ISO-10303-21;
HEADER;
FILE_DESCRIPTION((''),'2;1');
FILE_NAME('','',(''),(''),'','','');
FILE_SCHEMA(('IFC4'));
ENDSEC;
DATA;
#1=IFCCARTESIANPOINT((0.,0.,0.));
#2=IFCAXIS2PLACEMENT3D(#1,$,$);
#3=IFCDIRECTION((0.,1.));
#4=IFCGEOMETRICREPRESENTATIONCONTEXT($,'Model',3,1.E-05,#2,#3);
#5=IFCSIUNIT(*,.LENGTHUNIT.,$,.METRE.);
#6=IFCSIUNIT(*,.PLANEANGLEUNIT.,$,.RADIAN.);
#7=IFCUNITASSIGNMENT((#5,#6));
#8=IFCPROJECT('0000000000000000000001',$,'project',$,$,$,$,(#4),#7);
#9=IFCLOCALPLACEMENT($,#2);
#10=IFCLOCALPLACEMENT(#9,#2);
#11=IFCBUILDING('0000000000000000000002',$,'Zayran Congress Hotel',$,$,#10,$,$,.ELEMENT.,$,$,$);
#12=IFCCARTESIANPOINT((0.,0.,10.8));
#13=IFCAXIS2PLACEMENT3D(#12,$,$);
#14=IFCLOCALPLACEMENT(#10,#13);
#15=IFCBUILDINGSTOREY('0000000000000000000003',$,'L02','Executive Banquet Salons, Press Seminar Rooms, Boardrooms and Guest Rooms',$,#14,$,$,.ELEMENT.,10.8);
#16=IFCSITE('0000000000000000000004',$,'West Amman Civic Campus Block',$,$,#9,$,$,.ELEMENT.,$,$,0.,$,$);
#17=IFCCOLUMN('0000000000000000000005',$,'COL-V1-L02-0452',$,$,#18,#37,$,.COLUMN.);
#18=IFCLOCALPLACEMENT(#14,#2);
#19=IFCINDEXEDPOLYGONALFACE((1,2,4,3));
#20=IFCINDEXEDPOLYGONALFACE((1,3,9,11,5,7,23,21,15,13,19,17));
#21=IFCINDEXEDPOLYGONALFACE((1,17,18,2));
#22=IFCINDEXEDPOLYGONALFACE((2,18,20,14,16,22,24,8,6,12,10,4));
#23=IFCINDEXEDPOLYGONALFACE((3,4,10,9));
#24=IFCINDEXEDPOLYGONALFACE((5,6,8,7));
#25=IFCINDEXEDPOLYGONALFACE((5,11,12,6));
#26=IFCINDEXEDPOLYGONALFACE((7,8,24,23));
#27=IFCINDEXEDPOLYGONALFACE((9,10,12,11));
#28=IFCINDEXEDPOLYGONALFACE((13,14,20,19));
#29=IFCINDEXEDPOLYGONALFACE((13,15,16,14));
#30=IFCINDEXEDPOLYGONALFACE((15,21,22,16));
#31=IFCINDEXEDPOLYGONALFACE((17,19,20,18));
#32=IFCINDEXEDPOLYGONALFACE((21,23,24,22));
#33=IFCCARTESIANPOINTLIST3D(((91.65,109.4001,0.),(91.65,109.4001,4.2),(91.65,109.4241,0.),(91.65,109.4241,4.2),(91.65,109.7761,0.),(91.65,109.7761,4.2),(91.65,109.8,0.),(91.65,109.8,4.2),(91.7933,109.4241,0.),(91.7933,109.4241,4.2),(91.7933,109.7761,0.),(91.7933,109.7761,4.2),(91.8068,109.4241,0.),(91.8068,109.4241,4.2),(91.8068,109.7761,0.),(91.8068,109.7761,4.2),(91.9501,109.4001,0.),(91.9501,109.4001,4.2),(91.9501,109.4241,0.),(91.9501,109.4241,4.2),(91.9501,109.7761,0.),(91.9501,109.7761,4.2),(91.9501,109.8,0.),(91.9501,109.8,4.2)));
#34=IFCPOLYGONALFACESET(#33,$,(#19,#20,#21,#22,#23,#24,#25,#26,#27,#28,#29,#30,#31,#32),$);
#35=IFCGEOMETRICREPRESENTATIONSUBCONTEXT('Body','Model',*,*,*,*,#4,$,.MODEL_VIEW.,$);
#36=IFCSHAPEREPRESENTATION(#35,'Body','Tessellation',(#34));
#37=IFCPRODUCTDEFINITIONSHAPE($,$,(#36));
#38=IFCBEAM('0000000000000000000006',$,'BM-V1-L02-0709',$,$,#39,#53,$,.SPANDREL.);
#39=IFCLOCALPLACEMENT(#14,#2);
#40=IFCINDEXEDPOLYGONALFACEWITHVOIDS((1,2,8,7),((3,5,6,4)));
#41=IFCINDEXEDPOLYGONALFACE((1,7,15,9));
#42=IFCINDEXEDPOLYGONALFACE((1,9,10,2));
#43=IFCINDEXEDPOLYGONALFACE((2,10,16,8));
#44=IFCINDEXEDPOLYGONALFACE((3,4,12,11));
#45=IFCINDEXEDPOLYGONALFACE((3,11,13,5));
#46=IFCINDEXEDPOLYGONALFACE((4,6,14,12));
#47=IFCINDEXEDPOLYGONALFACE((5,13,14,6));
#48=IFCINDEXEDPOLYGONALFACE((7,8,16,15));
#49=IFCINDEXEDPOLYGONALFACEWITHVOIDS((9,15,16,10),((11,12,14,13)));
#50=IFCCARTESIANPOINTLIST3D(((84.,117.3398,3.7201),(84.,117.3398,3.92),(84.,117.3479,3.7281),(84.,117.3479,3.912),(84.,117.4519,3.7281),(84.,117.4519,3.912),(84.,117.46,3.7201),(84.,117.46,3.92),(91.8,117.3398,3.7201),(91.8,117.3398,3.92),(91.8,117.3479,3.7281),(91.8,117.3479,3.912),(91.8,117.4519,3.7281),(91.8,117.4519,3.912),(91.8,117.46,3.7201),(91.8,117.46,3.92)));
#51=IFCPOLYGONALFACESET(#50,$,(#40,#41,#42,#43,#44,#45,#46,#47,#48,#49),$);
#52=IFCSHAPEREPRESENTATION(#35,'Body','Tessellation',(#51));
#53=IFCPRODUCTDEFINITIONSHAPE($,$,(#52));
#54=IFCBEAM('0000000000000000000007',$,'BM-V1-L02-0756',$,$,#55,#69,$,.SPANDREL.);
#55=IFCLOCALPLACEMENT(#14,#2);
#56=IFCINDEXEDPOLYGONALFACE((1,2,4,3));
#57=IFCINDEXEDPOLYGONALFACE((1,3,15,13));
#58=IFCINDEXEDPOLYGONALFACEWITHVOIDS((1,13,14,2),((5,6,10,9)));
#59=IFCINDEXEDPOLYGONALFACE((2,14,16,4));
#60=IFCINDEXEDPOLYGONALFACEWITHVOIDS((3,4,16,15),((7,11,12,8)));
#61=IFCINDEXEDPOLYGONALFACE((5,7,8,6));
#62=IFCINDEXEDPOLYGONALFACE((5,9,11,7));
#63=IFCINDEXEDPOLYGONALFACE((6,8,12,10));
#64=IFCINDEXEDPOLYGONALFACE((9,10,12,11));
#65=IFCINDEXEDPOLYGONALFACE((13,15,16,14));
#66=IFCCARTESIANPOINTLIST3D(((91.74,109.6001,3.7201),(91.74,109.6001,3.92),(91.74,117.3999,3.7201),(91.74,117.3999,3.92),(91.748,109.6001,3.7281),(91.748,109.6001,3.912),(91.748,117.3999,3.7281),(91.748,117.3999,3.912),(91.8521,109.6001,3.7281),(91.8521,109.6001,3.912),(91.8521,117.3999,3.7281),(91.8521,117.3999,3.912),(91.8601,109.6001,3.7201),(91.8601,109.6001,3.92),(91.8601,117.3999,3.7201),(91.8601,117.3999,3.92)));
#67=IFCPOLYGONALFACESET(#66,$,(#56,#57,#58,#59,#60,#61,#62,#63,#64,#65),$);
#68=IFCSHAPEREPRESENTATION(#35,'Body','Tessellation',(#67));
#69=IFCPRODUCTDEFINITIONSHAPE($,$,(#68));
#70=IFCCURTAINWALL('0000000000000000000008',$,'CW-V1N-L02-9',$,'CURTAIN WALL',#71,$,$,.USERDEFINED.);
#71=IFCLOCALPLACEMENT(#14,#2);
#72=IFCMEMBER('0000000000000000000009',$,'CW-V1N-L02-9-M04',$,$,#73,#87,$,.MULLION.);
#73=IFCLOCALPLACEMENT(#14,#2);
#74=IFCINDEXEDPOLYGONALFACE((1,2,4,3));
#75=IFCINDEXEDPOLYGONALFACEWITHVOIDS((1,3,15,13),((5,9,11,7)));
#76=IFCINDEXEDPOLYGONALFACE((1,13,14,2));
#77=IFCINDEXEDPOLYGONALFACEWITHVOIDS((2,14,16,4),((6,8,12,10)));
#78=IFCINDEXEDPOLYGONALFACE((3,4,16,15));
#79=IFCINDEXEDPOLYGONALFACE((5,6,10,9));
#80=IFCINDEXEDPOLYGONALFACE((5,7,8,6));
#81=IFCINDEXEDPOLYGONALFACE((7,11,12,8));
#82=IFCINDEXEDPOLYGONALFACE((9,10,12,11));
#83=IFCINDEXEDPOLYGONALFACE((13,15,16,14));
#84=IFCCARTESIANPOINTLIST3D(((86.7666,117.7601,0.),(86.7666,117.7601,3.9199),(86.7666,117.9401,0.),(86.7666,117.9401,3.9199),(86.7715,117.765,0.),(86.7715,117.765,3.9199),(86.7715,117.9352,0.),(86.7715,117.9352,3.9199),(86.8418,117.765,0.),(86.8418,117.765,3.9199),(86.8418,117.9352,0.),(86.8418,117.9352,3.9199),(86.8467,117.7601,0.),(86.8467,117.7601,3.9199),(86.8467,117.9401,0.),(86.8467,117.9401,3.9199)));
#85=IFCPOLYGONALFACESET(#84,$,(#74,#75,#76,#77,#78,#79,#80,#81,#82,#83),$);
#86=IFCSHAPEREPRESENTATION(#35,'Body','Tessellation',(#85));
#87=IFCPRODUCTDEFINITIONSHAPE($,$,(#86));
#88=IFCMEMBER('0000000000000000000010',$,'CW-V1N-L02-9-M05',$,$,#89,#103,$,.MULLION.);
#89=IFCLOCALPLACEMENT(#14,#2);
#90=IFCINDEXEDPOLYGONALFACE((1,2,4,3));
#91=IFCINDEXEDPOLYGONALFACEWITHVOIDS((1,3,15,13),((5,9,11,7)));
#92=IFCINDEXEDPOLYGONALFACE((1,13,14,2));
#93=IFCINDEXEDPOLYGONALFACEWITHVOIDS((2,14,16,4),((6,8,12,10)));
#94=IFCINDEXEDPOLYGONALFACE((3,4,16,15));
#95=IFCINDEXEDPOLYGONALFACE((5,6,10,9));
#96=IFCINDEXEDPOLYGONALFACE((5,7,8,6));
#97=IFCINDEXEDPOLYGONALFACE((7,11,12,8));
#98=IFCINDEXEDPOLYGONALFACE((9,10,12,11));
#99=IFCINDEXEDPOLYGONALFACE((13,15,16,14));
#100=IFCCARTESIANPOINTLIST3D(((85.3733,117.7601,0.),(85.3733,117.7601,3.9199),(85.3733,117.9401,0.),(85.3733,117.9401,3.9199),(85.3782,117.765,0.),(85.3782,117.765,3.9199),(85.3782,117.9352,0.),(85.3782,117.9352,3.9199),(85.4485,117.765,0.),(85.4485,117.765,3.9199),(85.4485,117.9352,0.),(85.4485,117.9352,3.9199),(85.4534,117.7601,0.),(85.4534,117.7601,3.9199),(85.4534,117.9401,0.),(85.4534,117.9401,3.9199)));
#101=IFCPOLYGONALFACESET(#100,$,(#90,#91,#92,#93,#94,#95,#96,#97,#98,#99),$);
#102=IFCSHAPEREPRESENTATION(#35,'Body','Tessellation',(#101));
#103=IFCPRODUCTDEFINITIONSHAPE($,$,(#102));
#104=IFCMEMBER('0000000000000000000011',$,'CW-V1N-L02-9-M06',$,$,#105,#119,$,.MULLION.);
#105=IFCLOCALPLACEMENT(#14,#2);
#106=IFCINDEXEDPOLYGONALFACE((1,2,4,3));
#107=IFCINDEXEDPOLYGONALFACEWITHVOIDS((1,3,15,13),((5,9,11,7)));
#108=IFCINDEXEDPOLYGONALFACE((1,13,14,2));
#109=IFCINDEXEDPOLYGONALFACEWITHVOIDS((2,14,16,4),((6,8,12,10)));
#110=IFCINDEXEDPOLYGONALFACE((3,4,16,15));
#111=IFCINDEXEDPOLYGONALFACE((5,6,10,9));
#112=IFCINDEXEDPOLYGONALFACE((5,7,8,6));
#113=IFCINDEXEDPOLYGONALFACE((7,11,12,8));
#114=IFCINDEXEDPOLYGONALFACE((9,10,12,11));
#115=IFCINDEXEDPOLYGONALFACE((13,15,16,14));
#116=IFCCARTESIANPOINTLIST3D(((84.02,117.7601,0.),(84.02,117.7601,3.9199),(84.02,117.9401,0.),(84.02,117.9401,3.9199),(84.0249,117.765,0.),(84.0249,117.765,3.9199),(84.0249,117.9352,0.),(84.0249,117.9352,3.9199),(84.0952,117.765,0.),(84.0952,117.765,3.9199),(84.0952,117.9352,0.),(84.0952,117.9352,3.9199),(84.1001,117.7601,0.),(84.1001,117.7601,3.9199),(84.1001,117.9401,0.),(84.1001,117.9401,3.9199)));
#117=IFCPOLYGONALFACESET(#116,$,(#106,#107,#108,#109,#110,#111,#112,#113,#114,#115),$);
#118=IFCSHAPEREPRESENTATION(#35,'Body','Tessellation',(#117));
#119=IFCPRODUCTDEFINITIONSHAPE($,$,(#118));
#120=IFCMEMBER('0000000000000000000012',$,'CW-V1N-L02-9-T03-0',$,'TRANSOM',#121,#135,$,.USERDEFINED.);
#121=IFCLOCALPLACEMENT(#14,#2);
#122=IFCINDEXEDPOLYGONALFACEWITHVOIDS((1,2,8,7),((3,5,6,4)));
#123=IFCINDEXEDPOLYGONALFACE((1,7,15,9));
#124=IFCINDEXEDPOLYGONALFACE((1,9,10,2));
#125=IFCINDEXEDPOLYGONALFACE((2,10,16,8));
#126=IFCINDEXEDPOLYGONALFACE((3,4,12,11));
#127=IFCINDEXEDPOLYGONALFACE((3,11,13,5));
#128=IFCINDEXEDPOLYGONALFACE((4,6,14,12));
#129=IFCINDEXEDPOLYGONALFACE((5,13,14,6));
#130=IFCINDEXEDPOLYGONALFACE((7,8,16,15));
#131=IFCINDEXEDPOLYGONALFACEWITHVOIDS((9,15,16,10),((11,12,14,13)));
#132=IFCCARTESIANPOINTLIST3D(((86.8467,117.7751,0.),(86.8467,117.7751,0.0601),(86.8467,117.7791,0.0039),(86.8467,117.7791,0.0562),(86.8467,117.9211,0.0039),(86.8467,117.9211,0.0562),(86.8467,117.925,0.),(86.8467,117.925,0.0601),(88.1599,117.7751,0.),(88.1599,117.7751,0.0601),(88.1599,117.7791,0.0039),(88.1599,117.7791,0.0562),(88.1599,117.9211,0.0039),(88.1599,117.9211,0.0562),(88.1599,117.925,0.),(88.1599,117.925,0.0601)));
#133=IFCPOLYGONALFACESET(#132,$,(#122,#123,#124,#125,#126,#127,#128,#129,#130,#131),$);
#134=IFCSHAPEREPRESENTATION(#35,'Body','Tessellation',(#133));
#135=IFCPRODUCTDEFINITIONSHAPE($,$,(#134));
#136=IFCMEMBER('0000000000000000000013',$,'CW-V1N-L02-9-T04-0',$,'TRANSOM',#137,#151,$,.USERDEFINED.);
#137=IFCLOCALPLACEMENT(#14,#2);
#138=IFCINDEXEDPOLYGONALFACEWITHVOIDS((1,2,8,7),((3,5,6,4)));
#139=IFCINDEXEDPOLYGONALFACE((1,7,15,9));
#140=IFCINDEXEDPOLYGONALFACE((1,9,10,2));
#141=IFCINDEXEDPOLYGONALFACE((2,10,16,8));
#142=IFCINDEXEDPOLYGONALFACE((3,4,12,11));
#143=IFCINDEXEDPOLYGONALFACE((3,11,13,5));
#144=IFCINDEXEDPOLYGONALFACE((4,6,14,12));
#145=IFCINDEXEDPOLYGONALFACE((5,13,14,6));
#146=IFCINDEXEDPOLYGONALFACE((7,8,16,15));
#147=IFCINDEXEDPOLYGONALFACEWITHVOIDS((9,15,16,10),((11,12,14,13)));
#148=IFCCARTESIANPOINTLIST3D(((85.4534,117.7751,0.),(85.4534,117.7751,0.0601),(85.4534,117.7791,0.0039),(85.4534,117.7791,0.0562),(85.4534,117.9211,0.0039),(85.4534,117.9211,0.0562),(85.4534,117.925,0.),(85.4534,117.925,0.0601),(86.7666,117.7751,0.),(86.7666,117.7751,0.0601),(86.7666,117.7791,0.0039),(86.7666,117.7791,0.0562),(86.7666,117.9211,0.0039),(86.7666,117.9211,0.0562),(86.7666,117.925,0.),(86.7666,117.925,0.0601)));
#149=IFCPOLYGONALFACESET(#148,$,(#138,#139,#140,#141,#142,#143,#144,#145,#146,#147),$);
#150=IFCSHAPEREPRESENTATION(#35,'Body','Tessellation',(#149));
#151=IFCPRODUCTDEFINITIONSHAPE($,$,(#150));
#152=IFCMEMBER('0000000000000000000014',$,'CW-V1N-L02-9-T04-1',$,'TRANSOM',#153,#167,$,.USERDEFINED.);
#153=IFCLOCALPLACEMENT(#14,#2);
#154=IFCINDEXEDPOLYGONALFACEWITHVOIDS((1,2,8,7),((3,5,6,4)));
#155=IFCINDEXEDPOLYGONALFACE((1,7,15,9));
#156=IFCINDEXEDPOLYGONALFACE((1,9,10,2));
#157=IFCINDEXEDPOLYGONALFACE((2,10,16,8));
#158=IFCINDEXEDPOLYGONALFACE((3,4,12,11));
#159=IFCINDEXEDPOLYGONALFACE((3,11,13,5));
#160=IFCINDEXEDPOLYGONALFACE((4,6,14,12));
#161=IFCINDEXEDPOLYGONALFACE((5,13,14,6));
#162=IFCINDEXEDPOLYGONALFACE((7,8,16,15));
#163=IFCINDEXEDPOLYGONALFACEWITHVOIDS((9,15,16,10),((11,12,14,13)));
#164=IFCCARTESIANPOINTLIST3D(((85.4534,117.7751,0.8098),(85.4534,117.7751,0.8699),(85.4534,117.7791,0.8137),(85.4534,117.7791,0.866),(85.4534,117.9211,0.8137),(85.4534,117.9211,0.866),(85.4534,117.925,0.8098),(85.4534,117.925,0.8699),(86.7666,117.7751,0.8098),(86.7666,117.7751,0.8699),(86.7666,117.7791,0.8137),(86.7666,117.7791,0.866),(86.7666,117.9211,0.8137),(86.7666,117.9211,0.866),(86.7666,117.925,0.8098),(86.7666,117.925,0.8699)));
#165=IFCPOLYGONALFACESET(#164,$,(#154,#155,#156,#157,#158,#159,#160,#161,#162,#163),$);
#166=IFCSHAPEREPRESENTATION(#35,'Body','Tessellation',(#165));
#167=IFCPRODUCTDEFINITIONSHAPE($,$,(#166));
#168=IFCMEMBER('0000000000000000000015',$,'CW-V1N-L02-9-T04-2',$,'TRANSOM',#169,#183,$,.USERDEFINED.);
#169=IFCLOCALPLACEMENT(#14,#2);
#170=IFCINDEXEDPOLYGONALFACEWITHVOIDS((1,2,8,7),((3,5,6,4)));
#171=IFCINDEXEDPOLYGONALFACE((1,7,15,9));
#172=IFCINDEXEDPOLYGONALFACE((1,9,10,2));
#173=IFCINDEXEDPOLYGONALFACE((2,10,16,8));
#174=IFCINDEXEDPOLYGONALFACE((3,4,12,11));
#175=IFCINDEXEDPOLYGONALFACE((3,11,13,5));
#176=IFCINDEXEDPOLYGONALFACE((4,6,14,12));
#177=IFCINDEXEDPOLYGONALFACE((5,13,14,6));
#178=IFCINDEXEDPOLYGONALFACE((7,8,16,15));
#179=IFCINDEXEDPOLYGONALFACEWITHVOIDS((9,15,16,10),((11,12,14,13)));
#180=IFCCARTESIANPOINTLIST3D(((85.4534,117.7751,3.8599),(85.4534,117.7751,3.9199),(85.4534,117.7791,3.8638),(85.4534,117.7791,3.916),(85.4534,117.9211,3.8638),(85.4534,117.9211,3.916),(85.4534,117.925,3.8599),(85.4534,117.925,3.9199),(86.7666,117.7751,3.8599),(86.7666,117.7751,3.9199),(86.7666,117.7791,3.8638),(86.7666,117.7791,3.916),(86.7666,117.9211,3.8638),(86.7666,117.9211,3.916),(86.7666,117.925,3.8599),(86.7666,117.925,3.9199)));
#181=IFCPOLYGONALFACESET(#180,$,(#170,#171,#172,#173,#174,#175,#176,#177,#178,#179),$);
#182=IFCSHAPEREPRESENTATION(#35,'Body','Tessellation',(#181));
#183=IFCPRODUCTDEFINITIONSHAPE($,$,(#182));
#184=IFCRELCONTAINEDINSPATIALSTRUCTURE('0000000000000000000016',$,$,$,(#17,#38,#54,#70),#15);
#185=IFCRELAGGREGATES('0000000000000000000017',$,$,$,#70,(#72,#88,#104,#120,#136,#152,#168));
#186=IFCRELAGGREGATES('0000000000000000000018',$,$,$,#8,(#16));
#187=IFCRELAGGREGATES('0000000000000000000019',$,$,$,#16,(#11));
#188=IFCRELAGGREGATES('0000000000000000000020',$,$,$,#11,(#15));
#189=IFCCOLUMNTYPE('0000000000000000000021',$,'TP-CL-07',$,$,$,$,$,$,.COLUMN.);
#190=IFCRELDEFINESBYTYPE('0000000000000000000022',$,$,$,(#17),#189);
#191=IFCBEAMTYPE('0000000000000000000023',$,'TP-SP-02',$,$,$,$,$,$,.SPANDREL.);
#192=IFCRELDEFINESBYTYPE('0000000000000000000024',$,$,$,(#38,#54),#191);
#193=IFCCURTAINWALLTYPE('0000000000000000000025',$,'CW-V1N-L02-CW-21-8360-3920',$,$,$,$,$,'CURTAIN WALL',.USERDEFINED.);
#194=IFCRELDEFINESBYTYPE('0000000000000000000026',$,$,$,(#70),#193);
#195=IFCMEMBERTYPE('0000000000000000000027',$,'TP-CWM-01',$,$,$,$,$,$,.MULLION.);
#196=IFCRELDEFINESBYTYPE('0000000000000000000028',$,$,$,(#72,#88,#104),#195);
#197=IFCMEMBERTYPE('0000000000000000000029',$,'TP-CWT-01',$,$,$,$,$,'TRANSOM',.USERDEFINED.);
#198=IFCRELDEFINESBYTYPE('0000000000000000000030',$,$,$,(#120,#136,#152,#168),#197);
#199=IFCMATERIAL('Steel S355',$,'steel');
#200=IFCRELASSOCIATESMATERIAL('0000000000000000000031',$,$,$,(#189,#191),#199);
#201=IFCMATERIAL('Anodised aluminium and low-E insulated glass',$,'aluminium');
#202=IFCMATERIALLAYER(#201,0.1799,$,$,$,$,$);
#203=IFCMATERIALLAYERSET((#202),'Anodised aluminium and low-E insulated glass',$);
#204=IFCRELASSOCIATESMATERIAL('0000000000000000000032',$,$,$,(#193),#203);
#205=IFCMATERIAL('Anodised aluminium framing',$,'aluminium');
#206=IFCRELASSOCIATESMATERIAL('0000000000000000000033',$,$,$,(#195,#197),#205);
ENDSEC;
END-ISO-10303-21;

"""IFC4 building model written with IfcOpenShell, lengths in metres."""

from ifc_helpers import new_model, si_unit, direction, frame, origin, origin_2d, place, context, subcontext, project, spatial, hollow_rectangle, i_section, extrude, material, layer, layer_set, material_profile, profile_set, type_object, element, aggregate, save


model = new_model("IFC4")

# Units and contexts
model_context = context("Model", 3, precision=1e-05, world=origin(), true_north=direction((0.0, 1.0)))
body_context = subcontext(model_context, "Body", "Model", "MODEL_VIEW")
ifc_project = project(units=[si_unit("LENGTHUNIT", "METRE"), si_unit("PLANEANGLEUNIT", "RADIAN")], contexts=[model_context])

# Site, building, storey
site_placement = place(None, origin())
site = spatial("IfcSite", under=ifc_project, at=site_placement, Name="West Amman Civic Campus Block", CompositionType="ELEMENT", RefElevation=0.0)
building_placement = place(site_placement, origin())
building = spatial("IfcBuilding", under=site, at=building_placement, Name="Zayran Congress Hotel", CompositionType="ELEMENT")
storey_placement = place(building_placement, frame((0.0, 0.0, 10.8)))
storey = spatial("IfcBuildingStorey", under=building, at=storey_placement, Name="L02", Description="Executive Banquet Salons, Press Seminar Rooms, Boardrooms and Guest Rooms", CompositionType="ELEMENT", Elevation=10.8)

# Column
ifc_material_1 = material(Name="Steel S355", Category="steel")
ifc_material_profile_1 = material_profile(ifc_material_1, i_section(OverallWidth=0.3, OverallDepth=0.3999, WebThickness=0.0134, FlangeThickness=0.0239, at=origin_2d()), Name="HEB 400")
ifc_profile_set_1 = profile_set([ifc_material_profile_1], Name="Steel S355")
column_type = type_object("IfcColumnType", Name="TP-CL-07", PredefinedType="COLUMN", material=ifc_profile_set_1)
column_placement = place(storey_placement, frame((91.8, 109.6001, 0.0), z_axis=(0.0, 0.0, 1.0), x_axis=(1.0, 0.0, 0.0)))
element("IfcColumn", 1, at=column_placement, inside=storey, type_object=column_type, Name="COL-V1-L02-0452", PredefinedType="COLUMN", context=body_context, shape_type="SweptSolid", body=[
    extrude(i_section(OverallWidth=0.3, OverallDepth=0.3999, WebThickness=0.0134, FlangeThickness=0.0239, at=origin_2d()), origin(), (0.0, 0.0, 1.0), 4.2),
])

# Beams
ifc_material_profile_2 = material_profile(ifc_material_1, hollow_rectangle(XDim=0.1201, YDim=0.2, WallThickness=0.0081, at=origin_2d()), Name="RHS 200x120x8")
ifc_profile_set_2 = profile_set([ifc_material_profile_2], Name="Steel S355")
beam_type = type_object("IfcBeamType", Name="TP-SP-02", PredefinedType="SPANDREL", material=ifc_profile_set_2)
beam_1_placement = place(storey_placement, frame((84.0, 117.3999, 3.8201), z_axis=(1.0, 0.0, 0.0), x_axis=(0.0, 1.0, 0.0)))
element("IfcBeam", 2, at=beam_1_placement, inside=storey, type_object=beam_type, Name="BM-V1-L02-0709", PredefinedType="SPANDREL", context=body_context, shape_type="SweptSolid", body=[
    extrude(hollow_rectangle(XDim=0.1201, YDim=0.2, WallThickness=0.0081, at=origin_2d()), origin(), (0.0, 0.0, 1.0), 7.8),
])
beam_2_placement = place(storey_placement, frame((91.8, 109.6001, 3.8201), z_axis=(0.0, 1.0, 0.0), x_axis=(-1.0, 0.0, 0.0)))
element("IfcBeam", 3, at=beam_2_placement, inside=storey, type_object=beam_type, Name="BM-V1-L02-0756", PredefinedType="SPANDREL", context=body_context, shape_type="SweptSolid", body=[
    extrude(hollow_rectangle(XDim=0.1201, YDim=0.2, WallThickness=0.0081, at=origin_2d()), origin(), (0.0, 0.0, 1.0), 7.7998),
])

# Curtain wall, members
ifc_material_2 = material(Name="Anodised aluminium and low-E insulated glass", Category="aluminium")
ifc_layer_1 = layer(ifc_material_2, 0.1799)
ifc_layer_set_1 = layer_set([ifc_layer_1], Name="Anodised aluminium and low-E insulated glass")
curtain_wall_type = type_object("IfcCurtainWallType", Name="CW-V1N-L02-CW-21-8360-3920", ElementType="CURTAIN WALL", PredefinedType="USERDEFINED", material=ifc_layer_set_1)
curtain_wall_placement = place(storey_placement, origin())
curtain_wall = element("IfcCurtainWall", 4, at=curtain_wall_placement, inside=storey, type_object=curtain_wall_type, Name="CW-V1N-L02-9", ObjectType="CURTAIN WALL", PredefinedType="USERDEFINED")
ifc_material_3 = material(Name="Anodised aluminium framing", Category="aluminium")
ifc_material_profile_3 = material_profile(ifc_material_3, hollow_rectangle(XDim=0.0801, YDim=0.1799, WallThickness=0.0049, at=origin_2d()), Name="RHS 180x80x5")
ifc_profile_set_3 = profile_set([ifc_material_profile_3], Name="Anodised aluminium framing")
member_type_1 = type_object("IfcMemberType", Name="TP-CWM-01", PredefinedType="MULLION", material=ifc_profile_set_3)
member_1_placement = place(storey_placement, frame((86.8066, 117.8501, 0.0), z_axis=(0.0, 0.0, 1.0), x_axis=(1.0, 0.0, 0.0)))
member_1 = element("IfcMember", 5, at=member_1_placement, type_object=member_type_1, Name="CW-V1N-L02-9-M04", PredefinedType="MULLION", context=body_context, shape_type="SweptSolid", body=[
    extrude(hollow_rectangle(XDim=0.0801, YDim=0.1799, WallThickness=0.0049, at=origin_2d()), origin(), (0.0, 0.0, 1.0), 3.9199),
])
member_2_placement = place(storey_placement, frame((85.4133, 117.8501, 0.0), z_axis=(0.0, 0.0, 1.0), x_axis=(1.0, 0.0, 0.0)))
member_2 = element("IfcMember", 6, at=member_2_placement, type_object=member_type_1, Name="CW-V1N-L02-9-M05", PredefinedType="MULLION", context=body_context, shape_type="SweptSolid", body=[
    extrude(hollow_rectangle(XDim=0.0801, YDim=0.1799, WallThickness=0.0049, at=origin_2d()), origin(), (0.0, 0.0, 1.0), 3.9199),
])
member_3_placement = place(storey_placement, frame((84.0601, 117.8501, 0.0), z_axis=(0.0, 0.0, 1.0), x_axis=(1.0, 0.0, 0.0)))
member_3 = element("IfcMember", 7, at=member_3_placement, type_object=member_type_1, Name="CW-V1N-L02-9-M06", PredefinedType="MULLION", context=body_context, shape_type="SweptSolid", body=[
    extrude(hollow_rectangle(XDim=0.0801, YDim=0.1799, WallThickness=0.0049, at=origin_2d()), origin(), (0.0, 0.0, 1.0), 3.9199),
])
ifc_material_profile_4 = material_profile(ifc_material_3, hollow_rectangle(XDim=0.0601, YDim=0.1499, WallThickness=0.0039, at=origin_2d()), Name="RHS 150x60x4")
ifc_profile_set_4 = profile_set([ifc_material_profile_4], Name="Anodised aluminium framing")
member_type_2 = type_object("IfcMemberType", Name="TP-CWT-01", ElementType="TRANSOM", PredefinedType="USERDEFINED", material=ifc_profile_set_4)
member_4_placement = place(storey_placement, frame((88.1599, 117.8501, 0.03), z_axis=(-1.0, 0.0, 0.0), x_axis=(0.0, 0.0, 1.0)))
member_4 = element("IfcMember", 8, at=member_4_placement, type_object=member_type_2, Name="CW-V1N-L02-9-T03-0", ObjectType="TRANSOM", PredefinedType="USERDEFINED", context=body_context, shape_type="SweptSolid", body=[
    extrude(hollow_rectangle(XDim=0.0601, YDim=0.1499, WallThickness=0.0039, at=origin_2d()), origin(), (0.0, 0.0, 1.0), 1.3132),
])
member_5_placement = place(storey_placement, frame((86.7666, 117.8501, 0.03), z_axis=(-1.0, 0.0, 0.0), x_axis=(0.0, 0.0, 1.0)))
member_5 = element("IfcMember", 9, at=member_5_placement, type_object=member_type_2, Name="CW-V1N-L02-9-T04-0", ObjectType="TRANSOM", PredefinedType="USERDEFINED", context=body_context, shape_type="SweptSolid", body=[
    extrude(hollow_rectangle(XDim=0.0601, YDim=0.1499, WallThickness=0.0039, at=origin_2d()), origin(), (0.0, 0.0, 1.0), 1.3132),
])
member_6_placement = place(storey_placement, frame((86.7666, 117.8501, 0.8398), z_axis=(-1.0, 0.0, 0.0), x_axis=(0.0, 0.0, 1.0)))
member_6 = element("IfcMember", 10, at=member_6_placement, type_object=member_type_2, Name="CW-V1N-L02-9-T04-1", ObjectType="TRANSOM", PredefinedType="USERDEFINED", context=body_context, shape_type="SweptSolid", body=[
    extrude(hollow_rectangle(XDim=0.0601, YDim=0.1499, WallThickness=0.0039, at=origin_2d()), origin(), (0.0, 0.0, 1.0), 1.3132),
])
member_7_placement = place(storey_placement, frame((86.7666, 117.8501, 3.8899), z_axis=(-1.0, 0.0, 0.0), x_axis=(0.0, 0.0, 1.0)))
member_7 = element("IfcMember", 11, at=member_7_placement, type_object=member_type_2, Name="CW-V1N-L02-9-T04-2", ObjectType="TRANSOM", PredefinedType="USERDEFINED", context=body_context, shape_type="SweptSolid", body=[
    extrude(hollow_rectangle(XDim=0.0601, YDim=0.1499, WallThickness=0.0039, at=origin_2d()), origin(), (0.0, 0.0, 1.0), 1.3132),
])
aggregate(curtain_wall, [member_1, member_2, member_3, member_4, member_5, member_6, member_7])

save(model, "model.ifc")
